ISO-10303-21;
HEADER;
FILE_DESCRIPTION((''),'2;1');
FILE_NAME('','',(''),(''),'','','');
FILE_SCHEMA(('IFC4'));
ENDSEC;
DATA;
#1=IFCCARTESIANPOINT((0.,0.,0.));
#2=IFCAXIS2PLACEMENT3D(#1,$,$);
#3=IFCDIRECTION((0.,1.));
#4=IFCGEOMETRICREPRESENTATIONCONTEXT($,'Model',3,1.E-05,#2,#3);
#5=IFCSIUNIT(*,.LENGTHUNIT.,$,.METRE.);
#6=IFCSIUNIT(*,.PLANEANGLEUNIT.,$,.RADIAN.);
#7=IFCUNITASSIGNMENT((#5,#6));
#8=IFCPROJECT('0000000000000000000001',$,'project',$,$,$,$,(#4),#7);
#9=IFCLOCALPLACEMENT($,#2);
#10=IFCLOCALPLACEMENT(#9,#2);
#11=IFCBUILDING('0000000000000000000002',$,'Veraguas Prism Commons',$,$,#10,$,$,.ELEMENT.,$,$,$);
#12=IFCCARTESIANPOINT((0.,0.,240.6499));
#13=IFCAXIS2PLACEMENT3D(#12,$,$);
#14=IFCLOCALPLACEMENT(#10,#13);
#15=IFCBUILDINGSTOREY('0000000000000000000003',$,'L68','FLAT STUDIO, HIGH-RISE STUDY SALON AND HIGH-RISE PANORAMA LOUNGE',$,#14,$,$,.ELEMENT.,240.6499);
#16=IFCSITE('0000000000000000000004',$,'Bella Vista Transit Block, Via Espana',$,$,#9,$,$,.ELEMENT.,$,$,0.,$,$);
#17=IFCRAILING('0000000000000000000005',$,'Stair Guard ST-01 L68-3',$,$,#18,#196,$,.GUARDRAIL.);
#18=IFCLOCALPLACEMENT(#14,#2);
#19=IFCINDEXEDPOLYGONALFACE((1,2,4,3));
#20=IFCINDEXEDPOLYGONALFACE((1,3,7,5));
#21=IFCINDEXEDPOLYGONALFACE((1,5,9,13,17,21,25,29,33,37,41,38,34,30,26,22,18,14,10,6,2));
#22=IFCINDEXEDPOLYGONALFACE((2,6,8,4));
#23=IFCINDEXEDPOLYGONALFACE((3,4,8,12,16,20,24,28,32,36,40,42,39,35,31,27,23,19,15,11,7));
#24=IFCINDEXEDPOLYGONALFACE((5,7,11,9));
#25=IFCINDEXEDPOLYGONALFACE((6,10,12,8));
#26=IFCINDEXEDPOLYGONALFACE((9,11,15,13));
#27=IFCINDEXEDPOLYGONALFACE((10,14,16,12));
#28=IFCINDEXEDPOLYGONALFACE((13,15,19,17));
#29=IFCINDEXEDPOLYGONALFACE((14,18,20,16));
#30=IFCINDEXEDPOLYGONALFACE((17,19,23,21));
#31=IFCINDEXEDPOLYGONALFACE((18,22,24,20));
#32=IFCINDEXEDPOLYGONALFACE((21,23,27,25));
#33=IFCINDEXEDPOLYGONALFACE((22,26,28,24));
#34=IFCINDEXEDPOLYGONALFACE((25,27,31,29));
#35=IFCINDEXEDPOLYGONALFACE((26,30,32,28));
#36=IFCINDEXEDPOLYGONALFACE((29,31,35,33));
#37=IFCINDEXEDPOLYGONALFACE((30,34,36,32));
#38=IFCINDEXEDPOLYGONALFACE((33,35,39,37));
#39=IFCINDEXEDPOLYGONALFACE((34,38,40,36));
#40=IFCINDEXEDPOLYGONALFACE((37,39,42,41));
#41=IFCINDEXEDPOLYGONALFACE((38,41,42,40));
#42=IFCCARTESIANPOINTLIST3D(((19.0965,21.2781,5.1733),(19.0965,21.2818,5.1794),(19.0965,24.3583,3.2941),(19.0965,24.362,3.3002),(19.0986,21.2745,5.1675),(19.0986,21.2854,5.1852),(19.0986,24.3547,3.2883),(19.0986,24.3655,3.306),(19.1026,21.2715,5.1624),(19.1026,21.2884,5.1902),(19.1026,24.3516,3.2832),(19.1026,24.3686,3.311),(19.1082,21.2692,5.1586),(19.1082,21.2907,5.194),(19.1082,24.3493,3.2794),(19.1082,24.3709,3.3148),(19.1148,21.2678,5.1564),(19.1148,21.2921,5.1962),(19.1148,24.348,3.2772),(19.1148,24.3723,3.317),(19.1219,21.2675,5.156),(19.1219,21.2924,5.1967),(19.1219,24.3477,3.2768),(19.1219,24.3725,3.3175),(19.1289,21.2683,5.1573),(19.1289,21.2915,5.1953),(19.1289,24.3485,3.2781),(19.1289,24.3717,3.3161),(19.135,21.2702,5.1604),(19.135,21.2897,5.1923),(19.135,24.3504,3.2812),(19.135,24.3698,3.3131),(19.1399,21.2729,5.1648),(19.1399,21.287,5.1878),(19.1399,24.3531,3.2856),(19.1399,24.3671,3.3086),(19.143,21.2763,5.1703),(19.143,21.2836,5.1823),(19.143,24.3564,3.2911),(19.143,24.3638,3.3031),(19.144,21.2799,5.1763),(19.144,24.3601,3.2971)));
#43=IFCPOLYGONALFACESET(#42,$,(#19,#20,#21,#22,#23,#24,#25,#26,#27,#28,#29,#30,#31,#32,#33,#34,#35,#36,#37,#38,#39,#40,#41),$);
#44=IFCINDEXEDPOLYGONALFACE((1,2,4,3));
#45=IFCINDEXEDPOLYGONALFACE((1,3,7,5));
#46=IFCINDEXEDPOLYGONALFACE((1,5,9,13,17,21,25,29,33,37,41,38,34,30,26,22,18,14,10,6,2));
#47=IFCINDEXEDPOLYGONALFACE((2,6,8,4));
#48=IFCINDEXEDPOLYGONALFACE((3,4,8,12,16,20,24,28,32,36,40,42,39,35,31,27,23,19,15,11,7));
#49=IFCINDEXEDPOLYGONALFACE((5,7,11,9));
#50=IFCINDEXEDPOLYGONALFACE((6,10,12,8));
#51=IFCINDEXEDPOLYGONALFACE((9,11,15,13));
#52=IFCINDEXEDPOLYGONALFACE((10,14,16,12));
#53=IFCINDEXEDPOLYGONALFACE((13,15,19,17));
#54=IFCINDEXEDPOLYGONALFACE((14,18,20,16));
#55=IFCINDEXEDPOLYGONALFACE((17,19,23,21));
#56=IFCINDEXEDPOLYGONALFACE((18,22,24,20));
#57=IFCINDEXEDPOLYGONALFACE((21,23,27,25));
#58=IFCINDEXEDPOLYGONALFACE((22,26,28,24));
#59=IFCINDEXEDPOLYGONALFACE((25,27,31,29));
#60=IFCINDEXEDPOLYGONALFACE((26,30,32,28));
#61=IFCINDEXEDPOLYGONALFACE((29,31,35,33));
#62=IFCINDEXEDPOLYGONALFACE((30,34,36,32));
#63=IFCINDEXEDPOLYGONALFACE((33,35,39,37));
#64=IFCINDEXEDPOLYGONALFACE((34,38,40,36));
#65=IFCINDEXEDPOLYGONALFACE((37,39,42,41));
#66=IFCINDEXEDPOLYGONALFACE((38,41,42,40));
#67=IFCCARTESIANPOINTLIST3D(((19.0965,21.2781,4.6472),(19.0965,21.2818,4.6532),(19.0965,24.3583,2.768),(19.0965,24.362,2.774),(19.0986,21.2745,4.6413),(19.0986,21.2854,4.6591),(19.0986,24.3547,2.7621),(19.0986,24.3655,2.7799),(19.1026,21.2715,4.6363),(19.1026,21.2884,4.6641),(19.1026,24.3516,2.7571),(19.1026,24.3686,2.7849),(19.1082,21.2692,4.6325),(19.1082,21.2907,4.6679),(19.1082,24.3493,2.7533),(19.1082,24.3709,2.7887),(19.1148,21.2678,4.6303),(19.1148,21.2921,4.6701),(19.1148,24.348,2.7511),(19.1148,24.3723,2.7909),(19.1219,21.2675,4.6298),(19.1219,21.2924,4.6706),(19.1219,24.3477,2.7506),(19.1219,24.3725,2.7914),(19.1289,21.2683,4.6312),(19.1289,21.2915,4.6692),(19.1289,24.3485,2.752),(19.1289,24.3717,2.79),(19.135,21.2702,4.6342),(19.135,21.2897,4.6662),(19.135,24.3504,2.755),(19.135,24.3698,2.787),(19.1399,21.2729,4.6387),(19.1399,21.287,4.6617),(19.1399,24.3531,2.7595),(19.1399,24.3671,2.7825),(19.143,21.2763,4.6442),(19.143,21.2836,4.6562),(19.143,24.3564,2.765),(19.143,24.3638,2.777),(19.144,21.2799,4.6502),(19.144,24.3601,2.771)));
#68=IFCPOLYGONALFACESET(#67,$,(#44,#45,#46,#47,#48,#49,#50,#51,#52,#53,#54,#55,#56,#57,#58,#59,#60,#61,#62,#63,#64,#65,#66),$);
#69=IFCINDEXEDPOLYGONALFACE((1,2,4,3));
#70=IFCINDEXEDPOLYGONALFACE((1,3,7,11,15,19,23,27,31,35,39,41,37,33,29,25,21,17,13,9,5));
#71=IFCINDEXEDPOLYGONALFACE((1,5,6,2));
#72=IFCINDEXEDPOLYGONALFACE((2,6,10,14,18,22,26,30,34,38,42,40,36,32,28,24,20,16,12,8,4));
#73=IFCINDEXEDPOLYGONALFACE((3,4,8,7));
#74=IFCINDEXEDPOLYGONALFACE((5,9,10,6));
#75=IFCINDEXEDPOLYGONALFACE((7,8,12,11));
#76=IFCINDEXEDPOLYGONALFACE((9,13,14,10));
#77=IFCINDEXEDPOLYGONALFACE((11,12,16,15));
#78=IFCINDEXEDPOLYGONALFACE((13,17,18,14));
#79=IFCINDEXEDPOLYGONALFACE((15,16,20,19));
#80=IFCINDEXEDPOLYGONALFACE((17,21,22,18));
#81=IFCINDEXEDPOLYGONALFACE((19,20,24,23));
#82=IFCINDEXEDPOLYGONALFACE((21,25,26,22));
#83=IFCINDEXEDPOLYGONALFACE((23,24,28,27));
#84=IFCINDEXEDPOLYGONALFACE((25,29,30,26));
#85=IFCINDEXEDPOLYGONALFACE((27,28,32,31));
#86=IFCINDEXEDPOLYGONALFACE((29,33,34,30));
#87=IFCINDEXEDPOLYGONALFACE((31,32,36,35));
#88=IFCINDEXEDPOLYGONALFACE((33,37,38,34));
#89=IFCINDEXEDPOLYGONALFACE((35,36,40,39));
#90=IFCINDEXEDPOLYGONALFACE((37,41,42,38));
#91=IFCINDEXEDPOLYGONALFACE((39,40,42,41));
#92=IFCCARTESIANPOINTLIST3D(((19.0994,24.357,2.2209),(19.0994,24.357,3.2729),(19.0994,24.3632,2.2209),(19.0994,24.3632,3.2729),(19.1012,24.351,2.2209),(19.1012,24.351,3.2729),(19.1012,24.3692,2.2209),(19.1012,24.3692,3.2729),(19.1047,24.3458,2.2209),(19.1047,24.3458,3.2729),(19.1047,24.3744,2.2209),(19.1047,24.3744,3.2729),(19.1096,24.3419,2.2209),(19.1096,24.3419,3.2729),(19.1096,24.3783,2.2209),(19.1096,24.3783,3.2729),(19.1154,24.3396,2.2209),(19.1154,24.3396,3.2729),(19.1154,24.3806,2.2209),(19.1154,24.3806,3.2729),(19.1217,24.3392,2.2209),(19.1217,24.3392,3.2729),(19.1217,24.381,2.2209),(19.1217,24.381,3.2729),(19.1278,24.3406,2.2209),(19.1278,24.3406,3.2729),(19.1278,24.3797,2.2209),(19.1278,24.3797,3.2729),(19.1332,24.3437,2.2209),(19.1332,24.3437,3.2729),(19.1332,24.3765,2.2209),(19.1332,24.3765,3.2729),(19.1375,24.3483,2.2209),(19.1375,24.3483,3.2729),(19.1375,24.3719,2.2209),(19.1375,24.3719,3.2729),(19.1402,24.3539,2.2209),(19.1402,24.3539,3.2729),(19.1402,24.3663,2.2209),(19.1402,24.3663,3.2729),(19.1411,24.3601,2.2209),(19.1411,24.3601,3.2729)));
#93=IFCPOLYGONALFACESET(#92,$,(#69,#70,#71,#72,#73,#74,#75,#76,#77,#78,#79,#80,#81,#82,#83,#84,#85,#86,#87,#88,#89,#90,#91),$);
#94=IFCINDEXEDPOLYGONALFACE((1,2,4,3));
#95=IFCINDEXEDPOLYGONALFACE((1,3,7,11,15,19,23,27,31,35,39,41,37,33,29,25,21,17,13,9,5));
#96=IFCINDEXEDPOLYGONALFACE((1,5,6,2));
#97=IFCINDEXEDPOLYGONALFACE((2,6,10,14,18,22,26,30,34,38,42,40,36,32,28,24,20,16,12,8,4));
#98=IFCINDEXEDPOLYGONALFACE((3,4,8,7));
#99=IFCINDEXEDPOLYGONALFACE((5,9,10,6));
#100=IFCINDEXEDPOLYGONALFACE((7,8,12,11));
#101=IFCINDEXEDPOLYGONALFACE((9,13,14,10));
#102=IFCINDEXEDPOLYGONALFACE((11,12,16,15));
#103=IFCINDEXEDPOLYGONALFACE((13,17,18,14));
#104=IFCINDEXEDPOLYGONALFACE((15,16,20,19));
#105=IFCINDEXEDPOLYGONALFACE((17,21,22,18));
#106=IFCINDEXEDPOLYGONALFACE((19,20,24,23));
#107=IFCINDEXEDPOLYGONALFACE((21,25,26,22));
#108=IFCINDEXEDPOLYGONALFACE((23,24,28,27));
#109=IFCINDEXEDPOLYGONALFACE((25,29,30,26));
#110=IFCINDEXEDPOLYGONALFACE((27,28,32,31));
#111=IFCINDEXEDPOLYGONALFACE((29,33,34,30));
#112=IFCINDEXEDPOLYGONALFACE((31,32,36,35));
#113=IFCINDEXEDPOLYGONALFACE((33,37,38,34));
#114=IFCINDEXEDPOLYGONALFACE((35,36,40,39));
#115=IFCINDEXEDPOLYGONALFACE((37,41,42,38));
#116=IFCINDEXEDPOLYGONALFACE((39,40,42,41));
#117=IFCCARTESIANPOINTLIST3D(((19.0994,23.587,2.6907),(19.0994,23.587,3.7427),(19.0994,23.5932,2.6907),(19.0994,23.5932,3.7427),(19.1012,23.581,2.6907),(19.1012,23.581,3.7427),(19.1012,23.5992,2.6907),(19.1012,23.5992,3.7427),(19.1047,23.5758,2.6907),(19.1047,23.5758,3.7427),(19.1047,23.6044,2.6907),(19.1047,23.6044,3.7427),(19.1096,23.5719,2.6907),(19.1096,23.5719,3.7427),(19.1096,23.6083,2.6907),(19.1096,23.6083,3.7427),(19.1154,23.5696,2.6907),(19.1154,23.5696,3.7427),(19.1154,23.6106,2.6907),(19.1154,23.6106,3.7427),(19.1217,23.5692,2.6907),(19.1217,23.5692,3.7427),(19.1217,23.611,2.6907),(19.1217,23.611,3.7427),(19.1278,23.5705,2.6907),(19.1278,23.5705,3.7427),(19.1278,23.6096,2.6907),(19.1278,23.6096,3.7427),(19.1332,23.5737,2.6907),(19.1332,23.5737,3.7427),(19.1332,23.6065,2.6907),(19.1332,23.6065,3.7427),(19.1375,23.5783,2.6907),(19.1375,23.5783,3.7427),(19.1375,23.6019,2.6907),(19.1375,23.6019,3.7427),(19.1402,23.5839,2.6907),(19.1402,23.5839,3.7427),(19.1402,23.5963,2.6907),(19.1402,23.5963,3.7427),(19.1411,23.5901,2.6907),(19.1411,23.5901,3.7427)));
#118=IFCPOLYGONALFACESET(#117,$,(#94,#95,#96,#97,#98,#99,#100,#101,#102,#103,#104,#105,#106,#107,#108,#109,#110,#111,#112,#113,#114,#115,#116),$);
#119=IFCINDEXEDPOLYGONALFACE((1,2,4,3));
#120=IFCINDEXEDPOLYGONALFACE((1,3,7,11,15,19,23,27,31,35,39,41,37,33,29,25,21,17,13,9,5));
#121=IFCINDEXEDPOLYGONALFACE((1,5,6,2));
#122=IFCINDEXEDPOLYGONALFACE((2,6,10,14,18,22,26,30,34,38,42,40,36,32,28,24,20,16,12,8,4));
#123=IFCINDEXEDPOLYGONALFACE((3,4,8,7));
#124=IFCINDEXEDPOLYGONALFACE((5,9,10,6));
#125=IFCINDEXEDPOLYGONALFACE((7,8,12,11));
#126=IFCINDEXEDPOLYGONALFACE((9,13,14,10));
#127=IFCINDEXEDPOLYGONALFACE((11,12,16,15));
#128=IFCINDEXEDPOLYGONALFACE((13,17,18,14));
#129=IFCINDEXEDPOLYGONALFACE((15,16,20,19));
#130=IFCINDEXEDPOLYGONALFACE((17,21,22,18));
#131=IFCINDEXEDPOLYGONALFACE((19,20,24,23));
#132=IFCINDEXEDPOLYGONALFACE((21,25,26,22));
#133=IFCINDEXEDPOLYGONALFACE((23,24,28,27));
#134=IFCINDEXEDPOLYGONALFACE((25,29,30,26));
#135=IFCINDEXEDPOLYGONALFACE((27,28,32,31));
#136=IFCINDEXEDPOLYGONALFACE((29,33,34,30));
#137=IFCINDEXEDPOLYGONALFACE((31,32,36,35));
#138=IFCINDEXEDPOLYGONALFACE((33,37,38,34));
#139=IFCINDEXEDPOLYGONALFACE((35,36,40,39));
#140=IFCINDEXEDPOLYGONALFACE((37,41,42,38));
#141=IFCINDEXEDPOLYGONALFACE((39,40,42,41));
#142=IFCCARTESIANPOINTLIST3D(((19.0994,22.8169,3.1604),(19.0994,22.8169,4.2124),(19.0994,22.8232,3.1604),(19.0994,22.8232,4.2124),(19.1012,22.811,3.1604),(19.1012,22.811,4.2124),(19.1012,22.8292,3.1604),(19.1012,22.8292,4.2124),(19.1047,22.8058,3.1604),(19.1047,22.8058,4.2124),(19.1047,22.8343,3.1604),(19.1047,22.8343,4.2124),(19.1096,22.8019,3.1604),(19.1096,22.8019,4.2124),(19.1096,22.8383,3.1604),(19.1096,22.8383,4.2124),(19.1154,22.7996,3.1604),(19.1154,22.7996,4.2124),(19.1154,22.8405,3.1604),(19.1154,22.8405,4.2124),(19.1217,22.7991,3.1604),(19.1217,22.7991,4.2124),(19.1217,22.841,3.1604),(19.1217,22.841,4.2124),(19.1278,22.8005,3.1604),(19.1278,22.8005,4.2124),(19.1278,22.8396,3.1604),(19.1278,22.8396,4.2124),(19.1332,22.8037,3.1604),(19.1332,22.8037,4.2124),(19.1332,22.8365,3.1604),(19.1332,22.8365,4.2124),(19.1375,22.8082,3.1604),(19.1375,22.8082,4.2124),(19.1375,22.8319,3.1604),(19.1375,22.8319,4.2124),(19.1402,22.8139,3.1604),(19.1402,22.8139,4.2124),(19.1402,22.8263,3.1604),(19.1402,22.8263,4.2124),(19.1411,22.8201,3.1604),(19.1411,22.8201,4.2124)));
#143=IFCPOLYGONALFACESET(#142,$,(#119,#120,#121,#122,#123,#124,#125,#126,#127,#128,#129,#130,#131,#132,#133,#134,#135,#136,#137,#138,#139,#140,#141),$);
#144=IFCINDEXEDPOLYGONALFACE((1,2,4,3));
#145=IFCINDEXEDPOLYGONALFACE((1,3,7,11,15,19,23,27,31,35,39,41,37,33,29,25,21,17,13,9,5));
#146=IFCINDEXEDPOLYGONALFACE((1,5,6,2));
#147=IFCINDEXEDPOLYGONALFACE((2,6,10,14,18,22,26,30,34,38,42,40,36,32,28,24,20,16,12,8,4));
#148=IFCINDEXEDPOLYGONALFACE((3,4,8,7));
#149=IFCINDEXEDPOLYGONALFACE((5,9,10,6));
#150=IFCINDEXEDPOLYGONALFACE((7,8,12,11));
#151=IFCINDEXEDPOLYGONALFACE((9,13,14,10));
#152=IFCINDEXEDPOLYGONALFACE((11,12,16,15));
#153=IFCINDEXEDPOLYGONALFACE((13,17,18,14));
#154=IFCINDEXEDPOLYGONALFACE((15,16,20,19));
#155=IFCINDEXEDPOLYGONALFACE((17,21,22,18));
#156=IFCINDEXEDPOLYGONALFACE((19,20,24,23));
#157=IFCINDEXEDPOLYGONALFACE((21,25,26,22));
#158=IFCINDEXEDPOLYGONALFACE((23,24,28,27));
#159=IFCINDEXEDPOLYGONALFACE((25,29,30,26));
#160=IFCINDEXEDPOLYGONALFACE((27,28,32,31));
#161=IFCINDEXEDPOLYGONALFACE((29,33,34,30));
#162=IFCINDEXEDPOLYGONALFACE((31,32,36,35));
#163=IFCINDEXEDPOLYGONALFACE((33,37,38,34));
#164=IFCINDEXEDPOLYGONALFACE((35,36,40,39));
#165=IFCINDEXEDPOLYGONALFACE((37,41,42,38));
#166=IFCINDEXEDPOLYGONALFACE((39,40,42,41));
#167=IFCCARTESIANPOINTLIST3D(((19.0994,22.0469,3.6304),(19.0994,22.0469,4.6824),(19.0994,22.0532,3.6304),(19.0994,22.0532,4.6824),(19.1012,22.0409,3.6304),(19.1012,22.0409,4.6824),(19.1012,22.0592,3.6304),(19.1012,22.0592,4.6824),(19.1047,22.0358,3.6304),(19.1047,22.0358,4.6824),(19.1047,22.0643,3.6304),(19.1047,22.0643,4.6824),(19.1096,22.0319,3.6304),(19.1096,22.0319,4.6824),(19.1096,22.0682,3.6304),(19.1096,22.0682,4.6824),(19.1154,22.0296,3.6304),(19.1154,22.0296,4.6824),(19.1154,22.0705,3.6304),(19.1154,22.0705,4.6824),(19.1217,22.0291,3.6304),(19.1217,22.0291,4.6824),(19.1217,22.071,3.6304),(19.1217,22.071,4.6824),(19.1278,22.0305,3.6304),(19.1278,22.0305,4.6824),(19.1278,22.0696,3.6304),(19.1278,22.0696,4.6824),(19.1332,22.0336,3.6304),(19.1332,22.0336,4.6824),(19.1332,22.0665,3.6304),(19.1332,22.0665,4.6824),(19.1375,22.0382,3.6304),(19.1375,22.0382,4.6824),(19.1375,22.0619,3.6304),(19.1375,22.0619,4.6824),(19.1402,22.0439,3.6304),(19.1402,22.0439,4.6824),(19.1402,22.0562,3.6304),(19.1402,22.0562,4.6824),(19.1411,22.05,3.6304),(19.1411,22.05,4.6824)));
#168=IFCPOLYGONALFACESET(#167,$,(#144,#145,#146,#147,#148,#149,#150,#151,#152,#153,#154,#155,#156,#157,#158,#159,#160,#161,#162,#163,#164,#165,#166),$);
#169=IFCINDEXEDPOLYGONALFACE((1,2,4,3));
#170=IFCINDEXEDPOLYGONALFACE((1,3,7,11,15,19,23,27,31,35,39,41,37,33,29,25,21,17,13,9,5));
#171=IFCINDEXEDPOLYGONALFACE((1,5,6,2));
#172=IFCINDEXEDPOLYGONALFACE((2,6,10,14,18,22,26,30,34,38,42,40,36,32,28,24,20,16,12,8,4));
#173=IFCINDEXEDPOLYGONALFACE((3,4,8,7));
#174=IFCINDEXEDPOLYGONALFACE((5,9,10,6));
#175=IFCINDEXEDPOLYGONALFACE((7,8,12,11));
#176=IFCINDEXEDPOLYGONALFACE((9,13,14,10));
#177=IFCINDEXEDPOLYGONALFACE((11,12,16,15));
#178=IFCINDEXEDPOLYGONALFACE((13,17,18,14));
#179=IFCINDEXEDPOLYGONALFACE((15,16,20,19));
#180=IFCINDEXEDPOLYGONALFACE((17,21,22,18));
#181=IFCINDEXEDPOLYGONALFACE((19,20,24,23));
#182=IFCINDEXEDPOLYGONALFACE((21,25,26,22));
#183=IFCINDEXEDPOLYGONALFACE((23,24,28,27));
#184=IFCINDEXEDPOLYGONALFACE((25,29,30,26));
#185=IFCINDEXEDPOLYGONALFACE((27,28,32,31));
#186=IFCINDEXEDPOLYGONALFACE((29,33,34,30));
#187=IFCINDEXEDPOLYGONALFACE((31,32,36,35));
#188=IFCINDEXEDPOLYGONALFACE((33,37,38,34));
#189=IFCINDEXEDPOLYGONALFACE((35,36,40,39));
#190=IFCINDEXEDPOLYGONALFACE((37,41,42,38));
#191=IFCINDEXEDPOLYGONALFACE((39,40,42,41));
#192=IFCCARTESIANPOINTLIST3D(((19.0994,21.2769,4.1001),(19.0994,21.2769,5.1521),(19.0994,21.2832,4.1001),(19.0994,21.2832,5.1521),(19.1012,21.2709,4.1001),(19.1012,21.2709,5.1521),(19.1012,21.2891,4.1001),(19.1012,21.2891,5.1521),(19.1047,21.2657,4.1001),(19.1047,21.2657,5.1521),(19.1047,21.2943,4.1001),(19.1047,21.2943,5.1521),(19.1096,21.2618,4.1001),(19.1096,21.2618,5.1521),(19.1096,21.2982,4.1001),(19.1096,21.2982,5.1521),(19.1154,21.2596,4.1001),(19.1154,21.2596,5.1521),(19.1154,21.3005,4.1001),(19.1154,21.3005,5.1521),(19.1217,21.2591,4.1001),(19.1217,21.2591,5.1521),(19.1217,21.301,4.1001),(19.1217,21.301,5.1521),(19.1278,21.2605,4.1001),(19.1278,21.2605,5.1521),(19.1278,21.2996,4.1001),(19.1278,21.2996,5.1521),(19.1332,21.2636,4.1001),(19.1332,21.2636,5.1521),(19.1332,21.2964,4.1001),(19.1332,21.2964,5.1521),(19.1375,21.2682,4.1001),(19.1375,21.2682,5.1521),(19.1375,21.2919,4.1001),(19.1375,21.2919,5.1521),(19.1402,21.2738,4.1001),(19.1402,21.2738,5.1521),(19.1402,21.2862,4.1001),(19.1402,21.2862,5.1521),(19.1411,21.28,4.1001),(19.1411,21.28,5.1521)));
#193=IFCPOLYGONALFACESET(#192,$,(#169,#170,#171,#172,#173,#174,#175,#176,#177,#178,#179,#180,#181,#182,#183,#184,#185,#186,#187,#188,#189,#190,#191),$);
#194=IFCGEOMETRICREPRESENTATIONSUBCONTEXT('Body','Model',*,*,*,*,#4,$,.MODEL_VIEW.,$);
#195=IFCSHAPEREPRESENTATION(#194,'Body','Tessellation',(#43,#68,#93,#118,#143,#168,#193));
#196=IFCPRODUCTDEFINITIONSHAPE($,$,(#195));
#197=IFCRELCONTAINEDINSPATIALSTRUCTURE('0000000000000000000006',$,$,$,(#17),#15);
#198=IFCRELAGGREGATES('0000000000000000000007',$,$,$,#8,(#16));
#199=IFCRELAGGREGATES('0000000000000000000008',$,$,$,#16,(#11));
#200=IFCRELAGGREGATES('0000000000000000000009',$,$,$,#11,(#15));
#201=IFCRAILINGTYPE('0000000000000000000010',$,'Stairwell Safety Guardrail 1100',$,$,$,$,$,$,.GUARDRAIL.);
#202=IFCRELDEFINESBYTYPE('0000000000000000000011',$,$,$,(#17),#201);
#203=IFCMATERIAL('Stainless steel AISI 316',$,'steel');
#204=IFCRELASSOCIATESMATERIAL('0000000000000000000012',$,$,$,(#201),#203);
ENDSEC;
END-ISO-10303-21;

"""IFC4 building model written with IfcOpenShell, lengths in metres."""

from ifc_helpers import new_model, si_unit, direction, frame, origin, origin_2d, place, context, subcontext, project, spatial, circle, extrude, material, type_object, element, save


model = new_model("IFC4")

# Units and contexts
model_context = context("Model", 3, precision=1e-05, world=origin(), true_north=direction((0.0, 1.0)))
body_context = subcontext(model_context, "Body", "Model", "MODEL_VIEW")
ifc_project = project(units=[si_unit("LENGTHUNIT", "METRE"), si_unit("PLANEANGLEUNIT", "RADIAN")], contexts=[model_context])

# Site, building, storey
site_placement = place(None, origin())
site = spatial("IfcSite", under=ifc_project, at=site_placement, Name="Bella Vista Transit Block, Via Espana", CompositionType="ELEMENT", RefElevation=0.0)
building_placement = place(site_placement, origin())
building = spatial("IfcBuilding", under=site, at=building_placement, Name="Veraguas Prism Commons", CompositionType="ELEMENT")
storey_placement = place(building_placement, frame((0.0, 0.0, 240.6499)))
storey = spatial("IfcBuildingStorey", under=building, at=storey_placement, Name="L68", Description="FLAT STUDIO, HIGH-RISE STUDY SALON AND HIGH-RISE PANORAMA LOUNGE", CompositionType="ELEMENT", Elevation=240.6499)

# Railing
ifc_material_1 = material(Name="Stainless steel AISI 316", Category="steel")
railing_type_1 = type_object("IfcRailingType", Name="Stairwell Safety Guardrail 1100", PredefinedType="GUARDRAIL", material=ifc_material_1)
railing_1_placement = place(storey_placement, frame((19.1201, 24.3601, 2.2209)))
element("IfcRailing", 1, at=railing_1_placement, inside=storey, type_object=railing_type_1, Name="Stair Guard ST-01 L68-3", PredefinedType="GUARDRAIL", context=body_context, shape_type="SweptSolid", body=[
    extrude(circle(Radius=0.0239, at=origin_2d()), frame((0.0, 0.0, 1.0762), z_axis=(0.0, -0.853666, 0.52082), x_axis=(1.0, 0.0, 0.0)), (0.0, 0.0, 1.0), 3.6082),
    extrude(circle(Radius=0.0239, at=origin_2d()), frame((0.0, 0.0, 0.55), z_axis=(0.0, -0.853666, 0.52082), x_axis=(1.0, 0.0, 0.0)), (0.0, 0.0, 1.0), 3.6082),
    extrude(circle(Radius=0.021, at=origin_2d()), origin(), (0.0, 0.0, 1.0), 1.052),
    extrude(circle(Radius=0.021, at=origin_2d()), frame((0.0, -0.77, 0.4697)), (0.0, 0.0, 1.0), 1.052),
    extrude(circle(Radius=0.021, at=origin_2d()), frame((0.0, -1.54, 0.9395)), (0.0, 0.0, 1.0), 1.052),
    extrude(circle(Radius=0.021, at=origin_2d()), frame((0.0, -2.3101, 1.4094)), (0.0, 0.0, 1.0), 1.052),
    extrude(circle(Radius=0.021, at=origin_2d()), frame((0.0, -3.0801, 1.8792)), (0.0, 0.0, 1.0), 1.052),
])

save(model, "model.ifc")
